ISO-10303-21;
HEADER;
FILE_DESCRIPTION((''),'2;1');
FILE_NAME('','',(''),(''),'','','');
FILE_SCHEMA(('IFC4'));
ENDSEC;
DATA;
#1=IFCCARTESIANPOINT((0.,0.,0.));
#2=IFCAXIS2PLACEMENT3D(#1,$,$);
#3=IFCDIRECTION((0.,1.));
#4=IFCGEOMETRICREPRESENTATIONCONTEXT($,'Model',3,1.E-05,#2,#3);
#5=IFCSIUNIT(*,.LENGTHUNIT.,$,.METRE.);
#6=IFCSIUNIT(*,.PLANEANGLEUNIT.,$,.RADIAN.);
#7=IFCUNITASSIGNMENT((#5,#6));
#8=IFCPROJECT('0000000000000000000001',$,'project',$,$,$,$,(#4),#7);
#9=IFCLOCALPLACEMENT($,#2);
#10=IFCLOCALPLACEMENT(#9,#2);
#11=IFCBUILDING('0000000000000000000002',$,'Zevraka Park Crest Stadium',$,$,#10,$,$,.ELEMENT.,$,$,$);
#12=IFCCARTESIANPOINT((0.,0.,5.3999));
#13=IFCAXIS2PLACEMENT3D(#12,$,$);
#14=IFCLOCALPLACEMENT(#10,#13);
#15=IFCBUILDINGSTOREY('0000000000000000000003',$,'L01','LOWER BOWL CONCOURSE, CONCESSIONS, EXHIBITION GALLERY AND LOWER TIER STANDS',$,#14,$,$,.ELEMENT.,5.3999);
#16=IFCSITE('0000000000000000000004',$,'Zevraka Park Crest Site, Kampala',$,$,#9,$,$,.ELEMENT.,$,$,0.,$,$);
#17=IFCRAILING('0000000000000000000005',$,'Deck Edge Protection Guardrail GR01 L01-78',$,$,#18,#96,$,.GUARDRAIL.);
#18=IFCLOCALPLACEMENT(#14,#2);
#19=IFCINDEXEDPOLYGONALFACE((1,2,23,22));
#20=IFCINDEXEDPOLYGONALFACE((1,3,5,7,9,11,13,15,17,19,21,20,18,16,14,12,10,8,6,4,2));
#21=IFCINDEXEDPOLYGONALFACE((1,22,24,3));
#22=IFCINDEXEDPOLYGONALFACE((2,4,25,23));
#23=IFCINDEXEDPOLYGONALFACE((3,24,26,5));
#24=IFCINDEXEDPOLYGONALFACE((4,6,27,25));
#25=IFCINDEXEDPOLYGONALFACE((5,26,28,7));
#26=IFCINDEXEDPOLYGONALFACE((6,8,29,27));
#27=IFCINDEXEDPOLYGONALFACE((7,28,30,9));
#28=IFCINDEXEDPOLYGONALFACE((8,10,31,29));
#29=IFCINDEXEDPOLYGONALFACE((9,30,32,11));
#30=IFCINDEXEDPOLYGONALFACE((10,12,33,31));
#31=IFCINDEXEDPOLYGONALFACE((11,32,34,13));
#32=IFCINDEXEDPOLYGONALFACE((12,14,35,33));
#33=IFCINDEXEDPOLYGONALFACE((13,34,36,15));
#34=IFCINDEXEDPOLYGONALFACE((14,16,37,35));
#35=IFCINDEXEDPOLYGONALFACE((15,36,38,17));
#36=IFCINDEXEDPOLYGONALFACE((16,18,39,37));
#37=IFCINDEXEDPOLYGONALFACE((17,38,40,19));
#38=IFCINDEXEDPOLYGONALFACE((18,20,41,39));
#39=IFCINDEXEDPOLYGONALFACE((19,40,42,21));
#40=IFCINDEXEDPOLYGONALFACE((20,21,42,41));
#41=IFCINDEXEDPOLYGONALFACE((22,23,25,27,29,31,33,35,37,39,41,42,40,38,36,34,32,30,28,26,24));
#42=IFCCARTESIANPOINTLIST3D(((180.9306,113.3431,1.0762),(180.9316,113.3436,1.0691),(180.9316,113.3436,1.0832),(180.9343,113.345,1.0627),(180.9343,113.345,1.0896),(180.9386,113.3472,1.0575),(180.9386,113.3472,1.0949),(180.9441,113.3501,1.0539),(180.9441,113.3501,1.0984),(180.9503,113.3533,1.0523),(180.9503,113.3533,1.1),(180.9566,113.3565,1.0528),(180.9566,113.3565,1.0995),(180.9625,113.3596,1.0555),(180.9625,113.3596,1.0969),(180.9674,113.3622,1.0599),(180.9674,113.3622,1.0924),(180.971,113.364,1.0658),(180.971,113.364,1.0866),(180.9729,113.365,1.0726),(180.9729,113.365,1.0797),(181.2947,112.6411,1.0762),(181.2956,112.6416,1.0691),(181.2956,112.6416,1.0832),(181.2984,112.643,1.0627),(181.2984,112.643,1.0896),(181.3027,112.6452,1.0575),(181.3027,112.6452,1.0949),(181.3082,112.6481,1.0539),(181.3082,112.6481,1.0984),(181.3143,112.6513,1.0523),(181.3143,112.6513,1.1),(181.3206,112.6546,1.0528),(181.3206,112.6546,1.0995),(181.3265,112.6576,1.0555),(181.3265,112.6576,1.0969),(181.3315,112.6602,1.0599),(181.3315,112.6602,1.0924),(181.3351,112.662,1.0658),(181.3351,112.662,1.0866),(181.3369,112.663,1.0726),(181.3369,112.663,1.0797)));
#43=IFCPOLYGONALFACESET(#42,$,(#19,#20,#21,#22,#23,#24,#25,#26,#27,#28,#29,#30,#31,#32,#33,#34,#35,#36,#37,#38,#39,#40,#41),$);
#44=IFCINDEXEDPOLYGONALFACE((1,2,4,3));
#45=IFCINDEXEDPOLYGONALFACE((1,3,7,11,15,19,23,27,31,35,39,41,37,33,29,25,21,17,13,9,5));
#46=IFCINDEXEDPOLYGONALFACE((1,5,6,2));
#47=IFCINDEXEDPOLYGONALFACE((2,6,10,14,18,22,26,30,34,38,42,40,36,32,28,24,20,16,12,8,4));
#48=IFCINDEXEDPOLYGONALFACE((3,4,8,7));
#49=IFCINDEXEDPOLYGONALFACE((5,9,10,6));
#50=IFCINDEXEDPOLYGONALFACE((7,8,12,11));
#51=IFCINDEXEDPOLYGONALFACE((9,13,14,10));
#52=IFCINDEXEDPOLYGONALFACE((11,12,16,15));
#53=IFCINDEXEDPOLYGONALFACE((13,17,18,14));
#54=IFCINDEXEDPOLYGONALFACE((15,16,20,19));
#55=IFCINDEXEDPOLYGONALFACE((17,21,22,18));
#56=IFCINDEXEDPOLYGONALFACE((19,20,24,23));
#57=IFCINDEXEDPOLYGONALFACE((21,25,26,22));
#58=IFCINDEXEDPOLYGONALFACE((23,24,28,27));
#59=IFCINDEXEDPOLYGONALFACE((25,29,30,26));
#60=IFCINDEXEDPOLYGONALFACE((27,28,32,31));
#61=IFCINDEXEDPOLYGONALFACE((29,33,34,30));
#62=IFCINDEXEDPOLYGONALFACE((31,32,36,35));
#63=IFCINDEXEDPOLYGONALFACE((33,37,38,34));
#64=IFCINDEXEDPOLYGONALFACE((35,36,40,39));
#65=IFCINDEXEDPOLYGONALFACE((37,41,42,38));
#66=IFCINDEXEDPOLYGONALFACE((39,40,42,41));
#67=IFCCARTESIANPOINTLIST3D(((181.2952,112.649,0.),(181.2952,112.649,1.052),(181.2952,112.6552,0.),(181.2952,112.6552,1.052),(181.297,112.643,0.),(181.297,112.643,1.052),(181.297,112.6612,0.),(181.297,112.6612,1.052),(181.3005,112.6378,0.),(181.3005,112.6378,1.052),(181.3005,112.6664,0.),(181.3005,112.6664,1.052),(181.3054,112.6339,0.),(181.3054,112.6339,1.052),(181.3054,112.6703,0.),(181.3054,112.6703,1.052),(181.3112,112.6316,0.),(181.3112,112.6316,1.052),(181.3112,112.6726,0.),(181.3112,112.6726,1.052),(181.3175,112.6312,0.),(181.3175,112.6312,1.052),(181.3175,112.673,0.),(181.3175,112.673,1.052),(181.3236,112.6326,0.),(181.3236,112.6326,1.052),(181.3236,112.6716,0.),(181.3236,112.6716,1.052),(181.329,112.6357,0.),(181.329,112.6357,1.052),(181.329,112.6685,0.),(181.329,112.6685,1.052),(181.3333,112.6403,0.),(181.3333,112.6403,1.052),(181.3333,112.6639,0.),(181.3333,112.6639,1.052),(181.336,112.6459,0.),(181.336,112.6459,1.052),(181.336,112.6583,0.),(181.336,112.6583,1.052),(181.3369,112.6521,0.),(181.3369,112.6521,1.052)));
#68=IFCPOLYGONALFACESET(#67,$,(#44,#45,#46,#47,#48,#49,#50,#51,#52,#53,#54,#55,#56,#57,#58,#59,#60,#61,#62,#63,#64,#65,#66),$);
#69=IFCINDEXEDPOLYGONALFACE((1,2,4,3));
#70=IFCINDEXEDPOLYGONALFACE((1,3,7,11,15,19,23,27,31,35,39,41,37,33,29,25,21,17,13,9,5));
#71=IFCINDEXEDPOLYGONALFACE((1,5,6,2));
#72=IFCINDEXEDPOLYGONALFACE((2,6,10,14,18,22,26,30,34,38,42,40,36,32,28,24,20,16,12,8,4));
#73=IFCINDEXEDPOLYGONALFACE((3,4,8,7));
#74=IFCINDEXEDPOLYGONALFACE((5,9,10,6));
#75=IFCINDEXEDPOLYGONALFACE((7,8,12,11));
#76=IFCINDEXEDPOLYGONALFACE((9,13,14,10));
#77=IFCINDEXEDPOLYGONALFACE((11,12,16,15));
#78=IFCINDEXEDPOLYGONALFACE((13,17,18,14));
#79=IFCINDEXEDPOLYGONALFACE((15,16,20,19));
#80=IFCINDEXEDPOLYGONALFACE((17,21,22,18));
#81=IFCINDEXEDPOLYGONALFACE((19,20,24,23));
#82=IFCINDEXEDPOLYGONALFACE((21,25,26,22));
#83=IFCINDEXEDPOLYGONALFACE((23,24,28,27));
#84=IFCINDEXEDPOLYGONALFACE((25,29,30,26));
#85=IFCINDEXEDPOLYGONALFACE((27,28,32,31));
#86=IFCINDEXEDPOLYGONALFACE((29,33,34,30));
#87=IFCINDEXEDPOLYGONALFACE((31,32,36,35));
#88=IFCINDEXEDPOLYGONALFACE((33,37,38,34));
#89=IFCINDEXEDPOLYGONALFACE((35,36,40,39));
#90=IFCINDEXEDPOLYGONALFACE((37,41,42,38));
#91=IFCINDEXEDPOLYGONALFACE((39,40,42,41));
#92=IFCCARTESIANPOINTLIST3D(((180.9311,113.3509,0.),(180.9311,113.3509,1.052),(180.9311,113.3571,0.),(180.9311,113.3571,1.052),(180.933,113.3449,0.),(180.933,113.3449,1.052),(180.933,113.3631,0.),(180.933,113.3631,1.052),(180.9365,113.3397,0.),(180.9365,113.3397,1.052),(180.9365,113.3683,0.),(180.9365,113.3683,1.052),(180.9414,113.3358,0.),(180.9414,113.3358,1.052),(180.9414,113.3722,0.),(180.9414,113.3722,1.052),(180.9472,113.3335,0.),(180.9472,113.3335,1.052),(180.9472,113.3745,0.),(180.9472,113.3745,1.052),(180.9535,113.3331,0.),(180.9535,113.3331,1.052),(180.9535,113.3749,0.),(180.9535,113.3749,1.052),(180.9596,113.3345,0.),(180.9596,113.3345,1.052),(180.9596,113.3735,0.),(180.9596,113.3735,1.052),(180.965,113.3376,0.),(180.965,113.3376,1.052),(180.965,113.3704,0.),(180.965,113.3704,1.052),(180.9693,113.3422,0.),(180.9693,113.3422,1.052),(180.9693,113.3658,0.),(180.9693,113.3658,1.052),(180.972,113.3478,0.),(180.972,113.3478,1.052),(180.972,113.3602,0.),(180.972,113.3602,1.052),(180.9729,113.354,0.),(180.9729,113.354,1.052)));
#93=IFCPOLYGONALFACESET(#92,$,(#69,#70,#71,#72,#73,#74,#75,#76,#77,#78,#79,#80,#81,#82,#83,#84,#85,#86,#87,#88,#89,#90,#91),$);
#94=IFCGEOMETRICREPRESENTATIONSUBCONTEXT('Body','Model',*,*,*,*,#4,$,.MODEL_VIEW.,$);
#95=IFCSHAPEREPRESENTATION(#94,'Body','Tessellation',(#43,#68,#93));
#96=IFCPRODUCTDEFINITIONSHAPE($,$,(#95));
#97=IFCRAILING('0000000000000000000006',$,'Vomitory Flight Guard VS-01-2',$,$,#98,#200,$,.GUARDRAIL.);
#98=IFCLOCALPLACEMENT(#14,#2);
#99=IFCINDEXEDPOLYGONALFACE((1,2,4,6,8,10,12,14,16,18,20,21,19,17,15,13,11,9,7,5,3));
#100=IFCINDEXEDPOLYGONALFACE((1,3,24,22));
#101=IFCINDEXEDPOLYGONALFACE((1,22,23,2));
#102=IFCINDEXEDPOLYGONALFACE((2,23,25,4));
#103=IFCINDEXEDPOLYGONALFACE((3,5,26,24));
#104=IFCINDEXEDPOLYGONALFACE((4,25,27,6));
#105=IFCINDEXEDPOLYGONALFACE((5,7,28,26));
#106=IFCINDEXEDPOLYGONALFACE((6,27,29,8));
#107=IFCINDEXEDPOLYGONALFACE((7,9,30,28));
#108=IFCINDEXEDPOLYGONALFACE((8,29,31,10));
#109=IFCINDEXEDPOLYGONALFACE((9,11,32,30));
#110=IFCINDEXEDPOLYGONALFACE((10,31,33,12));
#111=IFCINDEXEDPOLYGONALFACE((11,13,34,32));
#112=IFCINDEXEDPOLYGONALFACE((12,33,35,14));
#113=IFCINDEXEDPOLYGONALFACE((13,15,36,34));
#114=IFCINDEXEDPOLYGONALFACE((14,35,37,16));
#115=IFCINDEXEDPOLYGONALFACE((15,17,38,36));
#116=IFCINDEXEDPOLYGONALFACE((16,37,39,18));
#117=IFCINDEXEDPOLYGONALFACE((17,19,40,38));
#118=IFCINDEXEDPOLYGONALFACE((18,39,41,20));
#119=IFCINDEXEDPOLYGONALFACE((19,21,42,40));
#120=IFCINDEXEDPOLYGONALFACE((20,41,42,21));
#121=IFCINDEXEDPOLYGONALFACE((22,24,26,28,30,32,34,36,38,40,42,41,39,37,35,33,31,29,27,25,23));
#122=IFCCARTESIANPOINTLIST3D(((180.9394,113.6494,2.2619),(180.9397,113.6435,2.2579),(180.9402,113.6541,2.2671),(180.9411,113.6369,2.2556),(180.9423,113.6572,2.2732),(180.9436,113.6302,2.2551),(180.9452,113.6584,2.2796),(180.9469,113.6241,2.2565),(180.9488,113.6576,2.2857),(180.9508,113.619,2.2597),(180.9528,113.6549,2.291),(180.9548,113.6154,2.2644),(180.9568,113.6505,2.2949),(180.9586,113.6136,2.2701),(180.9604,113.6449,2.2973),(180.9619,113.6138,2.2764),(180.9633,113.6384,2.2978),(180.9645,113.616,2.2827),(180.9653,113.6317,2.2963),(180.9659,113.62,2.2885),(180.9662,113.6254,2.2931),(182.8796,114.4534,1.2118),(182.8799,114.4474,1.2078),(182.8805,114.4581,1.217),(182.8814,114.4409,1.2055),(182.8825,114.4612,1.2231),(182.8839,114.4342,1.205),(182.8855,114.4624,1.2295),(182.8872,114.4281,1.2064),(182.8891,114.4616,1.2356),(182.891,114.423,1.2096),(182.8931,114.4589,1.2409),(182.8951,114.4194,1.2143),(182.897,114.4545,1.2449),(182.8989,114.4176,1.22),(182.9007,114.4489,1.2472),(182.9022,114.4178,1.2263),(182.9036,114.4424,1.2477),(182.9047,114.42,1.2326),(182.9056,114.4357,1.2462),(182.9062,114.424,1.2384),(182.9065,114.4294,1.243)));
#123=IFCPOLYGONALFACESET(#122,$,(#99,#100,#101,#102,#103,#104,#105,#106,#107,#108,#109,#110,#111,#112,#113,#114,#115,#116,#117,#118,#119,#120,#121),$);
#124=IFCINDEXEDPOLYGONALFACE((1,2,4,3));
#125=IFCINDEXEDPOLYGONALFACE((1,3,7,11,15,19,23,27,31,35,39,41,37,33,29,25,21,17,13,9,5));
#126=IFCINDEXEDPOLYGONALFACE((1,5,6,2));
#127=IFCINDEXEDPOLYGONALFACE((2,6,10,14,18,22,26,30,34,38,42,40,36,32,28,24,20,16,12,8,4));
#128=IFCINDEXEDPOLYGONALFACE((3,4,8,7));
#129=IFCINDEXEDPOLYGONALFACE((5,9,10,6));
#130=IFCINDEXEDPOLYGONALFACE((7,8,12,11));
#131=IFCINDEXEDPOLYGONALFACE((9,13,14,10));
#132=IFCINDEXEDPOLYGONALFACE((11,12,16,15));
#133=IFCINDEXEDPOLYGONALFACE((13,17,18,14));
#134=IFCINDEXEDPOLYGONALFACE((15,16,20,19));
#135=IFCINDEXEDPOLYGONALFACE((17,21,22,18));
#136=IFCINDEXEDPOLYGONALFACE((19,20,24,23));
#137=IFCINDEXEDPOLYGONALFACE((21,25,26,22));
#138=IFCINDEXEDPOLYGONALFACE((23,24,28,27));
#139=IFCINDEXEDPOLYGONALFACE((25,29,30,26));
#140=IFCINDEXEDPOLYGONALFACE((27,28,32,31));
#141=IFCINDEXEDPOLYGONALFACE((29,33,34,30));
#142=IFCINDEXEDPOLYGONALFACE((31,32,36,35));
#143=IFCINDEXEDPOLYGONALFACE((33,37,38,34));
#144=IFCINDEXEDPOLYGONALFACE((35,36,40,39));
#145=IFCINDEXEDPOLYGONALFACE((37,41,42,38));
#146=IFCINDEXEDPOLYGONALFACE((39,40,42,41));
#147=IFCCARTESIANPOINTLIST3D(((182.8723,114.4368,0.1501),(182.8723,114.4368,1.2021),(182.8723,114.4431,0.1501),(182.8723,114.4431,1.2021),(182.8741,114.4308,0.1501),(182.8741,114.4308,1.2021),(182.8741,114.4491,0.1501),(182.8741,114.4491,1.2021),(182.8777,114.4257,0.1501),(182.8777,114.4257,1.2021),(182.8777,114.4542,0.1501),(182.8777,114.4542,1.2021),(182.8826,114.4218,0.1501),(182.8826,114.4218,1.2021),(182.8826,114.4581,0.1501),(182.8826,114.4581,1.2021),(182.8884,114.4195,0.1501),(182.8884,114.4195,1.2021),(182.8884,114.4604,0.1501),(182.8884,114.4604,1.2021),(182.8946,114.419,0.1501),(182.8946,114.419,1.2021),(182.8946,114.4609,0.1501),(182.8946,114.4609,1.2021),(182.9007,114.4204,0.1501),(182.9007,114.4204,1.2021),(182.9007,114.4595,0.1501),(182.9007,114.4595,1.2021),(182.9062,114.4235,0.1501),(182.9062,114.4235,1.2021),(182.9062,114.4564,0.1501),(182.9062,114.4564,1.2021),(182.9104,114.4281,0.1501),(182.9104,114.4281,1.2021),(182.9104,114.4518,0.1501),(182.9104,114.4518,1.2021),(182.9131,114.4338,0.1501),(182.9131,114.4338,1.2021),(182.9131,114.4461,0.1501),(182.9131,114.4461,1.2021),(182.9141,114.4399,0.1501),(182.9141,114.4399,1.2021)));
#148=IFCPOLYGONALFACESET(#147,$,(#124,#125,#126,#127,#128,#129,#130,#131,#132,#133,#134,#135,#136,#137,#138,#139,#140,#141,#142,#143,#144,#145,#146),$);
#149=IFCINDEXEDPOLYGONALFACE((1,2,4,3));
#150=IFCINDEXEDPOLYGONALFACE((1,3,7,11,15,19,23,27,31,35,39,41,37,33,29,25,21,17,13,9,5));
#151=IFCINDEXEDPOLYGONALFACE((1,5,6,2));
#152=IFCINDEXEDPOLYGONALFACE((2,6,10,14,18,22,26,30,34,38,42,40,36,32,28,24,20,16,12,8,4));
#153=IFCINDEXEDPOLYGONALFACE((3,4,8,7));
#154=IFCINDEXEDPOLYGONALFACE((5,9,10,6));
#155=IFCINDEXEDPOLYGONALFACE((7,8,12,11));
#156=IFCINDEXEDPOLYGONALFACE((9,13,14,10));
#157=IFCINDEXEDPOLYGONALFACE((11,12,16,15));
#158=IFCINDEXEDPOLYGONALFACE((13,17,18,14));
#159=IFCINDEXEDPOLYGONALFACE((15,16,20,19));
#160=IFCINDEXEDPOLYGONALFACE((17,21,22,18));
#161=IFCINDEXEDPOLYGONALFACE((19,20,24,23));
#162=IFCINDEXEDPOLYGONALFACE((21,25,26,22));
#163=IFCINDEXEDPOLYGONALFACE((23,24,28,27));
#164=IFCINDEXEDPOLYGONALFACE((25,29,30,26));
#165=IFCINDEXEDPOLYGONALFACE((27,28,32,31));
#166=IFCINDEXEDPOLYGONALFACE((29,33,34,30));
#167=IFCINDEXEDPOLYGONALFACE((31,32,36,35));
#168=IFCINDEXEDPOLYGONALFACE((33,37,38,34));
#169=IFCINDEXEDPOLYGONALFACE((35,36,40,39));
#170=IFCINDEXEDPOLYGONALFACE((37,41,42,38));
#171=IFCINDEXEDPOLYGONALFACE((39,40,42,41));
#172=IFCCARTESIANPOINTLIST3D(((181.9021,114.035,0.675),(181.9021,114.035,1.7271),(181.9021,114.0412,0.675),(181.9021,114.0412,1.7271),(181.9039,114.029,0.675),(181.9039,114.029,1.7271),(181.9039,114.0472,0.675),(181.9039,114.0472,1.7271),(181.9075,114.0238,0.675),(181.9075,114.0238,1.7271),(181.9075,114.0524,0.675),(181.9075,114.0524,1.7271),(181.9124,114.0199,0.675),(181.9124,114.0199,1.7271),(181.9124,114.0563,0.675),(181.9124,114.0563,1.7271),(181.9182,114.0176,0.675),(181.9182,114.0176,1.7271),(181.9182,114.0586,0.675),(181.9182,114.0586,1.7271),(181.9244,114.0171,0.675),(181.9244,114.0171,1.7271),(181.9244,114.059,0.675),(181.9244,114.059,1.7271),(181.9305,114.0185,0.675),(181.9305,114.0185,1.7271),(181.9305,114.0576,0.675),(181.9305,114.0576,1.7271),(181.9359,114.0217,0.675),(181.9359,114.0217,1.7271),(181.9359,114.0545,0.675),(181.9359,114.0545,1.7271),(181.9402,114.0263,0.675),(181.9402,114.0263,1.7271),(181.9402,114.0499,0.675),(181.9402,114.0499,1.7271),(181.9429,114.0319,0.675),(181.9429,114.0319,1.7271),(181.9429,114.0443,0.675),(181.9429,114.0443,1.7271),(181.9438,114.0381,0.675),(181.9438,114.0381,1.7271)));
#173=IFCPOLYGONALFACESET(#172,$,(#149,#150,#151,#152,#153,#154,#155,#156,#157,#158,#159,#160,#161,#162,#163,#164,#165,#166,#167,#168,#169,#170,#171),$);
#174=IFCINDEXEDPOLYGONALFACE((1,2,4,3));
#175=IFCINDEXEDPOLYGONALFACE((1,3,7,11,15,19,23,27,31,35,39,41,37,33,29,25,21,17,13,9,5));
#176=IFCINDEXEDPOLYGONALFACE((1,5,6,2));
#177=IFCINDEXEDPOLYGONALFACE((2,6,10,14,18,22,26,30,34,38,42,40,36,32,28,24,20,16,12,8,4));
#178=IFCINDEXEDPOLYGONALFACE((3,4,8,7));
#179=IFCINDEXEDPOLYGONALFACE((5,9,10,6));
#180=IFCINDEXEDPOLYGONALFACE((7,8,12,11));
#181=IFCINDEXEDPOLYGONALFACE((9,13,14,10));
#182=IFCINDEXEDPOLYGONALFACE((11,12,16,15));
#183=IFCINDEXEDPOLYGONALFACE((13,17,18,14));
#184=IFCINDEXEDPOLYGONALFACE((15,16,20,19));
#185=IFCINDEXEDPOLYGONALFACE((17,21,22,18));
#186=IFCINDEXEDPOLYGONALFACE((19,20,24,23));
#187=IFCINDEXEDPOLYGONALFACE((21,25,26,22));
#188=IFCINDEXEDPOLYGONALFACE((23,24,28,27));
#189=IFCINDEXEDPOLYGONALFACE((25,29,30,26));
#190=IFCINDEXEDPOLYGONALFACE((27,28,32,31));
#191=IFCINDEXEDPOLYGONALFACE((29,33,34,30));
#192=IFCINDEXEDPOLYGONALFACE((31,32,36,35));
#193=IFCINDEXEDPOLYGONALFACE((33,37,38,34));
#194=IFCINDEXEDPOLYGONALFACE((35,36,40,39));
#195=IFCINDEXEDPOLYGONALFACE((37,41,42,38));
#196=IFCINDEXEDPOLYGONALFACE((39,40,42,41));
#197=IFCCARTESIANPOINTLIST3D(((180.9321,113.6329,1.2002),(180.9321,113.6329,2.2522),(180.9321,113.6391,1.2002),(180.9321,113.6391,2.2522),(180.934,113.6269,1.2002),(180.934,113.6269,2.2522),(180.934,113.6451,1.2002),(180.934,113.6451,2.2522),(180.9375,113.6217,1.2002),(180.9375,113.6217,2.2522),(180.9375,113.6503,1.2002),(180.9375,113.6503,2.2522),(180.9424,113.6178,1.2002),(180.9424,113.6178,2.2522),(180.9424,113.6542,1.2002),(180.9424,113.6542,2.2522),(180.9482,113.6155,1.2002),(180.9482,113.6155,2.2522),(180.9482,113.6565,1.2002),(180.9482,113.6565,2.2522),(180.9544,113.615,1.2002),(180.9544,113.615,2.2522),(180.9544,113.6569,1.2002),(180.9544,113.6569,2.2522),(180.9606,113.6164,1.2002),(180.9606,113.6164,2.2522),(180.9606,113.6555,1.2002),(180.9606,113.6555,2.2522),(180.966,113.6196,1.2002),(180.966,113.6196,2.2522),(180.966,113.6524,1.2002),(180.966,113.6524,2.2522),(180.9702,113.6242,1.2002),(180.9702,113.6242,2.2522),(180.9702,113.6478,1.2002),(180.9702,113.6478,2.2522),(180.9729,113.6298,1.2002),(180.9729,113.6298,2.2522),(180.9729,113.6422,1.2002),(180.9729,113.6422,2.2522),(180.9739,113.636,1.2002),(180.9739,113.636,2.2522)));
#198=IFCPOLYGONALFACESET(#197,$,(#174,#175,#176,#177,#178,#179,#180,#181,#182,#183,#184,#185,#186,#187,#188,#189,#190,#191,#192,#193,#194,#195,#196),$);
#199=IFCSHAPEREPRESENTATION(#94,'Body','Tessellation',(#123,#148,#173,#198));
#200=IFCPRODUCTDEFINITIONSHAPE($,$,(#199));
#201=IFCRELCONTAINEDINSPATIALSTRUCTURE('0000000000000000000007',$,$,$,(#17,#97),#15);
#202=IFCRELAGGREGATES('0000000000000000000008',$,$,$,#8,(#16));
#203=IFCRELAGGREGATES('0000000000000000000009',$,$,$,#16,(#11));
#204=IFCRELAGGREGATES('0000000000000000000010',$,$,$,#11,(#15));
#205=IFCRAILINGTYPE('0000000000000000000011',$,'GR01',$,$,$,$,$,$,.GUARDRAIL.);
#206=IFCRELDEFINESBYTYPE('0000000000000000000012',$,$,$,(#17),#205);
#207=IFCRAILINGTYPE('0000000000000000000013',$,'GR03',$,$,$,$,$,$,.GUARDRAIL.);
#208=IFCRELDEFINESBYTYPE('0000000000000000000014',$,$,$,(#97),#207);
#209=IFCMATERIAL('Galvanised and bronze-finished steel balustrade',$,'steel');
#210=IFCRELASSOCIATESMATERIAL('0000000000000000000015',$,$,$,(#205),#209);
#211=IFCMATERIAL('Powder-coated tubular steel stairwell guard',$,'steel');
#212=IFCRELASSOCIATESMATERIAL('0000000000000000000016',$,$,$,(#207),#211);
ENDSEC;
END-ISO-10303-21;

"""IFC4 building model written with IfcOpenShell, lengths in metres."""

from ifc_helpers import new_model, si_unit, direction, frame, origin, origin_2d, place, context, subcontext, project, spatial, circle, extrude, material, type_object, element, save


model = new_model("IFC4")

# Units and contexts
model_context = context("Model", 3, precision=1e-05, world=origin(), true_north=direction((0.0, 1.0)))
body_context = subcontext(model_context, "Body", "Model", "MODEL_VIEW")
ifc_project = project(units=[si_unit("LENGTHUNIT", "METRE"), si_unit("PLANEANGLEUNIT", "RADIAN")], contexts=[model_context])

# Site, building, storey
site_placement = place(None, origin())
site = spatial("IfcSite", under=ifc_project, at=site_placement, Name="Zevraka Park Crest Site, Kampala", CompositionType="ELEMENT", RefElevation=0.0)
building_placement = place(site_placement, origin())
building = spatial("IfcBuilding", under=site, at=building_placement, Name="Zevraka Park Crest Stadium", CompositionType="ELEMENT")
storey_placement = place(building_placement, frame((0.0, 0.0, 5.3999)))
storey = spatial("IfcBuildingStorey", under=building, at=storey_placement, Name="L01", Description="LOWER BOWL CONCOURSE, CONCESSIONS, EXHIBITION GALLERY AND LOWER TIER STANDS", CompositionType="ELEMENT", Elevation=5.3999)

# Railings
ifc_material_1 = material(Name="Galvanised and bronze-finished steel balustrade", Category="steel")
railing_type_1 = type_object("IfcRailingType", Name="GR01", PredefinedType="GUARDRAIL", material=ifc_material_1)
railing_1_placement = place(storey_placement, frame((181.3159, 112.6521, 0.0)))
element("IfcRailing", 1, at=railing_1_placement, inside=storey, type_object=railing_type_1, Name="Deck Edge Protection Guardrail GR01 L01-78", PredefinedType="GUARDRAIL", context=body_context, shape_type="SweptSolid", body=[
    extrude(circle(Radius=0.0239, at=origin_2d()), frame((0.0, 0.0, 1.0762), z_axis=(-0.46038, 0.887722, 0.0), x_axis=(-0.887722, -0.46038, 0.0)), (0.0, 0.0, 1.0), 0.7908),
    extrude(circle(Radius=0.021, at=origin_2d()), origin(), (0.0, 0.0, 1.0), 1.052),
    extrude(circle(Radius=0.021, at=origin_2d()), frame((-0.364, 0.7019, 0.0)), (0.0, 0.0, 1.0), 1.052),
])
ifc_material_2 = material(Name="Powder-coated tubular steel stairwell guard", Category="steel")
railing_type_2 = type_object("IfcRailingType", Name="GR03", PredefinedType="GUARDRAIL", material=ifc_material_2)
railing_2_placement = place(storey_placement, frame((182.8931, 114.4399, 0.1501)))
element("IfcRailing", 2, at=railing_2_placement, inside=storey, type_object=railing_type_2, Name="Vomitory Flight Guard VS-01-2", PredefinedType="GUARDRAIL", context=body_context, shape_type="SweptSolid", body=[
    extrude(circle(Radius=0.0239, at=origin_2d()), frame((0.0, 0.0, 1.0762), z_axis=(-0.826302, -0.342395, 0.447203), x_axis=(0.382807, -0.923828, 0.0)), (0.0, 0.0, 1.0), 2.3481),
    extrude(circle(Radius=0.021, at=origin_2d()), origin(), (0.0, 0.0, 1.0), 1.052),
    extrude(circle(Radius=0.021, at=origin_2d()), frame((-0.9702, -0.4019, 0.5249)), (0.0, 0.0, 1.0), 1.052),
    extrude(circle(Radius=0.021, at=origin_2d()), frame((-1.9402, -0.804, 1.05)), (0.0, 0.0, 1.0), 1.052),
])

save(model, "model.ifc")
